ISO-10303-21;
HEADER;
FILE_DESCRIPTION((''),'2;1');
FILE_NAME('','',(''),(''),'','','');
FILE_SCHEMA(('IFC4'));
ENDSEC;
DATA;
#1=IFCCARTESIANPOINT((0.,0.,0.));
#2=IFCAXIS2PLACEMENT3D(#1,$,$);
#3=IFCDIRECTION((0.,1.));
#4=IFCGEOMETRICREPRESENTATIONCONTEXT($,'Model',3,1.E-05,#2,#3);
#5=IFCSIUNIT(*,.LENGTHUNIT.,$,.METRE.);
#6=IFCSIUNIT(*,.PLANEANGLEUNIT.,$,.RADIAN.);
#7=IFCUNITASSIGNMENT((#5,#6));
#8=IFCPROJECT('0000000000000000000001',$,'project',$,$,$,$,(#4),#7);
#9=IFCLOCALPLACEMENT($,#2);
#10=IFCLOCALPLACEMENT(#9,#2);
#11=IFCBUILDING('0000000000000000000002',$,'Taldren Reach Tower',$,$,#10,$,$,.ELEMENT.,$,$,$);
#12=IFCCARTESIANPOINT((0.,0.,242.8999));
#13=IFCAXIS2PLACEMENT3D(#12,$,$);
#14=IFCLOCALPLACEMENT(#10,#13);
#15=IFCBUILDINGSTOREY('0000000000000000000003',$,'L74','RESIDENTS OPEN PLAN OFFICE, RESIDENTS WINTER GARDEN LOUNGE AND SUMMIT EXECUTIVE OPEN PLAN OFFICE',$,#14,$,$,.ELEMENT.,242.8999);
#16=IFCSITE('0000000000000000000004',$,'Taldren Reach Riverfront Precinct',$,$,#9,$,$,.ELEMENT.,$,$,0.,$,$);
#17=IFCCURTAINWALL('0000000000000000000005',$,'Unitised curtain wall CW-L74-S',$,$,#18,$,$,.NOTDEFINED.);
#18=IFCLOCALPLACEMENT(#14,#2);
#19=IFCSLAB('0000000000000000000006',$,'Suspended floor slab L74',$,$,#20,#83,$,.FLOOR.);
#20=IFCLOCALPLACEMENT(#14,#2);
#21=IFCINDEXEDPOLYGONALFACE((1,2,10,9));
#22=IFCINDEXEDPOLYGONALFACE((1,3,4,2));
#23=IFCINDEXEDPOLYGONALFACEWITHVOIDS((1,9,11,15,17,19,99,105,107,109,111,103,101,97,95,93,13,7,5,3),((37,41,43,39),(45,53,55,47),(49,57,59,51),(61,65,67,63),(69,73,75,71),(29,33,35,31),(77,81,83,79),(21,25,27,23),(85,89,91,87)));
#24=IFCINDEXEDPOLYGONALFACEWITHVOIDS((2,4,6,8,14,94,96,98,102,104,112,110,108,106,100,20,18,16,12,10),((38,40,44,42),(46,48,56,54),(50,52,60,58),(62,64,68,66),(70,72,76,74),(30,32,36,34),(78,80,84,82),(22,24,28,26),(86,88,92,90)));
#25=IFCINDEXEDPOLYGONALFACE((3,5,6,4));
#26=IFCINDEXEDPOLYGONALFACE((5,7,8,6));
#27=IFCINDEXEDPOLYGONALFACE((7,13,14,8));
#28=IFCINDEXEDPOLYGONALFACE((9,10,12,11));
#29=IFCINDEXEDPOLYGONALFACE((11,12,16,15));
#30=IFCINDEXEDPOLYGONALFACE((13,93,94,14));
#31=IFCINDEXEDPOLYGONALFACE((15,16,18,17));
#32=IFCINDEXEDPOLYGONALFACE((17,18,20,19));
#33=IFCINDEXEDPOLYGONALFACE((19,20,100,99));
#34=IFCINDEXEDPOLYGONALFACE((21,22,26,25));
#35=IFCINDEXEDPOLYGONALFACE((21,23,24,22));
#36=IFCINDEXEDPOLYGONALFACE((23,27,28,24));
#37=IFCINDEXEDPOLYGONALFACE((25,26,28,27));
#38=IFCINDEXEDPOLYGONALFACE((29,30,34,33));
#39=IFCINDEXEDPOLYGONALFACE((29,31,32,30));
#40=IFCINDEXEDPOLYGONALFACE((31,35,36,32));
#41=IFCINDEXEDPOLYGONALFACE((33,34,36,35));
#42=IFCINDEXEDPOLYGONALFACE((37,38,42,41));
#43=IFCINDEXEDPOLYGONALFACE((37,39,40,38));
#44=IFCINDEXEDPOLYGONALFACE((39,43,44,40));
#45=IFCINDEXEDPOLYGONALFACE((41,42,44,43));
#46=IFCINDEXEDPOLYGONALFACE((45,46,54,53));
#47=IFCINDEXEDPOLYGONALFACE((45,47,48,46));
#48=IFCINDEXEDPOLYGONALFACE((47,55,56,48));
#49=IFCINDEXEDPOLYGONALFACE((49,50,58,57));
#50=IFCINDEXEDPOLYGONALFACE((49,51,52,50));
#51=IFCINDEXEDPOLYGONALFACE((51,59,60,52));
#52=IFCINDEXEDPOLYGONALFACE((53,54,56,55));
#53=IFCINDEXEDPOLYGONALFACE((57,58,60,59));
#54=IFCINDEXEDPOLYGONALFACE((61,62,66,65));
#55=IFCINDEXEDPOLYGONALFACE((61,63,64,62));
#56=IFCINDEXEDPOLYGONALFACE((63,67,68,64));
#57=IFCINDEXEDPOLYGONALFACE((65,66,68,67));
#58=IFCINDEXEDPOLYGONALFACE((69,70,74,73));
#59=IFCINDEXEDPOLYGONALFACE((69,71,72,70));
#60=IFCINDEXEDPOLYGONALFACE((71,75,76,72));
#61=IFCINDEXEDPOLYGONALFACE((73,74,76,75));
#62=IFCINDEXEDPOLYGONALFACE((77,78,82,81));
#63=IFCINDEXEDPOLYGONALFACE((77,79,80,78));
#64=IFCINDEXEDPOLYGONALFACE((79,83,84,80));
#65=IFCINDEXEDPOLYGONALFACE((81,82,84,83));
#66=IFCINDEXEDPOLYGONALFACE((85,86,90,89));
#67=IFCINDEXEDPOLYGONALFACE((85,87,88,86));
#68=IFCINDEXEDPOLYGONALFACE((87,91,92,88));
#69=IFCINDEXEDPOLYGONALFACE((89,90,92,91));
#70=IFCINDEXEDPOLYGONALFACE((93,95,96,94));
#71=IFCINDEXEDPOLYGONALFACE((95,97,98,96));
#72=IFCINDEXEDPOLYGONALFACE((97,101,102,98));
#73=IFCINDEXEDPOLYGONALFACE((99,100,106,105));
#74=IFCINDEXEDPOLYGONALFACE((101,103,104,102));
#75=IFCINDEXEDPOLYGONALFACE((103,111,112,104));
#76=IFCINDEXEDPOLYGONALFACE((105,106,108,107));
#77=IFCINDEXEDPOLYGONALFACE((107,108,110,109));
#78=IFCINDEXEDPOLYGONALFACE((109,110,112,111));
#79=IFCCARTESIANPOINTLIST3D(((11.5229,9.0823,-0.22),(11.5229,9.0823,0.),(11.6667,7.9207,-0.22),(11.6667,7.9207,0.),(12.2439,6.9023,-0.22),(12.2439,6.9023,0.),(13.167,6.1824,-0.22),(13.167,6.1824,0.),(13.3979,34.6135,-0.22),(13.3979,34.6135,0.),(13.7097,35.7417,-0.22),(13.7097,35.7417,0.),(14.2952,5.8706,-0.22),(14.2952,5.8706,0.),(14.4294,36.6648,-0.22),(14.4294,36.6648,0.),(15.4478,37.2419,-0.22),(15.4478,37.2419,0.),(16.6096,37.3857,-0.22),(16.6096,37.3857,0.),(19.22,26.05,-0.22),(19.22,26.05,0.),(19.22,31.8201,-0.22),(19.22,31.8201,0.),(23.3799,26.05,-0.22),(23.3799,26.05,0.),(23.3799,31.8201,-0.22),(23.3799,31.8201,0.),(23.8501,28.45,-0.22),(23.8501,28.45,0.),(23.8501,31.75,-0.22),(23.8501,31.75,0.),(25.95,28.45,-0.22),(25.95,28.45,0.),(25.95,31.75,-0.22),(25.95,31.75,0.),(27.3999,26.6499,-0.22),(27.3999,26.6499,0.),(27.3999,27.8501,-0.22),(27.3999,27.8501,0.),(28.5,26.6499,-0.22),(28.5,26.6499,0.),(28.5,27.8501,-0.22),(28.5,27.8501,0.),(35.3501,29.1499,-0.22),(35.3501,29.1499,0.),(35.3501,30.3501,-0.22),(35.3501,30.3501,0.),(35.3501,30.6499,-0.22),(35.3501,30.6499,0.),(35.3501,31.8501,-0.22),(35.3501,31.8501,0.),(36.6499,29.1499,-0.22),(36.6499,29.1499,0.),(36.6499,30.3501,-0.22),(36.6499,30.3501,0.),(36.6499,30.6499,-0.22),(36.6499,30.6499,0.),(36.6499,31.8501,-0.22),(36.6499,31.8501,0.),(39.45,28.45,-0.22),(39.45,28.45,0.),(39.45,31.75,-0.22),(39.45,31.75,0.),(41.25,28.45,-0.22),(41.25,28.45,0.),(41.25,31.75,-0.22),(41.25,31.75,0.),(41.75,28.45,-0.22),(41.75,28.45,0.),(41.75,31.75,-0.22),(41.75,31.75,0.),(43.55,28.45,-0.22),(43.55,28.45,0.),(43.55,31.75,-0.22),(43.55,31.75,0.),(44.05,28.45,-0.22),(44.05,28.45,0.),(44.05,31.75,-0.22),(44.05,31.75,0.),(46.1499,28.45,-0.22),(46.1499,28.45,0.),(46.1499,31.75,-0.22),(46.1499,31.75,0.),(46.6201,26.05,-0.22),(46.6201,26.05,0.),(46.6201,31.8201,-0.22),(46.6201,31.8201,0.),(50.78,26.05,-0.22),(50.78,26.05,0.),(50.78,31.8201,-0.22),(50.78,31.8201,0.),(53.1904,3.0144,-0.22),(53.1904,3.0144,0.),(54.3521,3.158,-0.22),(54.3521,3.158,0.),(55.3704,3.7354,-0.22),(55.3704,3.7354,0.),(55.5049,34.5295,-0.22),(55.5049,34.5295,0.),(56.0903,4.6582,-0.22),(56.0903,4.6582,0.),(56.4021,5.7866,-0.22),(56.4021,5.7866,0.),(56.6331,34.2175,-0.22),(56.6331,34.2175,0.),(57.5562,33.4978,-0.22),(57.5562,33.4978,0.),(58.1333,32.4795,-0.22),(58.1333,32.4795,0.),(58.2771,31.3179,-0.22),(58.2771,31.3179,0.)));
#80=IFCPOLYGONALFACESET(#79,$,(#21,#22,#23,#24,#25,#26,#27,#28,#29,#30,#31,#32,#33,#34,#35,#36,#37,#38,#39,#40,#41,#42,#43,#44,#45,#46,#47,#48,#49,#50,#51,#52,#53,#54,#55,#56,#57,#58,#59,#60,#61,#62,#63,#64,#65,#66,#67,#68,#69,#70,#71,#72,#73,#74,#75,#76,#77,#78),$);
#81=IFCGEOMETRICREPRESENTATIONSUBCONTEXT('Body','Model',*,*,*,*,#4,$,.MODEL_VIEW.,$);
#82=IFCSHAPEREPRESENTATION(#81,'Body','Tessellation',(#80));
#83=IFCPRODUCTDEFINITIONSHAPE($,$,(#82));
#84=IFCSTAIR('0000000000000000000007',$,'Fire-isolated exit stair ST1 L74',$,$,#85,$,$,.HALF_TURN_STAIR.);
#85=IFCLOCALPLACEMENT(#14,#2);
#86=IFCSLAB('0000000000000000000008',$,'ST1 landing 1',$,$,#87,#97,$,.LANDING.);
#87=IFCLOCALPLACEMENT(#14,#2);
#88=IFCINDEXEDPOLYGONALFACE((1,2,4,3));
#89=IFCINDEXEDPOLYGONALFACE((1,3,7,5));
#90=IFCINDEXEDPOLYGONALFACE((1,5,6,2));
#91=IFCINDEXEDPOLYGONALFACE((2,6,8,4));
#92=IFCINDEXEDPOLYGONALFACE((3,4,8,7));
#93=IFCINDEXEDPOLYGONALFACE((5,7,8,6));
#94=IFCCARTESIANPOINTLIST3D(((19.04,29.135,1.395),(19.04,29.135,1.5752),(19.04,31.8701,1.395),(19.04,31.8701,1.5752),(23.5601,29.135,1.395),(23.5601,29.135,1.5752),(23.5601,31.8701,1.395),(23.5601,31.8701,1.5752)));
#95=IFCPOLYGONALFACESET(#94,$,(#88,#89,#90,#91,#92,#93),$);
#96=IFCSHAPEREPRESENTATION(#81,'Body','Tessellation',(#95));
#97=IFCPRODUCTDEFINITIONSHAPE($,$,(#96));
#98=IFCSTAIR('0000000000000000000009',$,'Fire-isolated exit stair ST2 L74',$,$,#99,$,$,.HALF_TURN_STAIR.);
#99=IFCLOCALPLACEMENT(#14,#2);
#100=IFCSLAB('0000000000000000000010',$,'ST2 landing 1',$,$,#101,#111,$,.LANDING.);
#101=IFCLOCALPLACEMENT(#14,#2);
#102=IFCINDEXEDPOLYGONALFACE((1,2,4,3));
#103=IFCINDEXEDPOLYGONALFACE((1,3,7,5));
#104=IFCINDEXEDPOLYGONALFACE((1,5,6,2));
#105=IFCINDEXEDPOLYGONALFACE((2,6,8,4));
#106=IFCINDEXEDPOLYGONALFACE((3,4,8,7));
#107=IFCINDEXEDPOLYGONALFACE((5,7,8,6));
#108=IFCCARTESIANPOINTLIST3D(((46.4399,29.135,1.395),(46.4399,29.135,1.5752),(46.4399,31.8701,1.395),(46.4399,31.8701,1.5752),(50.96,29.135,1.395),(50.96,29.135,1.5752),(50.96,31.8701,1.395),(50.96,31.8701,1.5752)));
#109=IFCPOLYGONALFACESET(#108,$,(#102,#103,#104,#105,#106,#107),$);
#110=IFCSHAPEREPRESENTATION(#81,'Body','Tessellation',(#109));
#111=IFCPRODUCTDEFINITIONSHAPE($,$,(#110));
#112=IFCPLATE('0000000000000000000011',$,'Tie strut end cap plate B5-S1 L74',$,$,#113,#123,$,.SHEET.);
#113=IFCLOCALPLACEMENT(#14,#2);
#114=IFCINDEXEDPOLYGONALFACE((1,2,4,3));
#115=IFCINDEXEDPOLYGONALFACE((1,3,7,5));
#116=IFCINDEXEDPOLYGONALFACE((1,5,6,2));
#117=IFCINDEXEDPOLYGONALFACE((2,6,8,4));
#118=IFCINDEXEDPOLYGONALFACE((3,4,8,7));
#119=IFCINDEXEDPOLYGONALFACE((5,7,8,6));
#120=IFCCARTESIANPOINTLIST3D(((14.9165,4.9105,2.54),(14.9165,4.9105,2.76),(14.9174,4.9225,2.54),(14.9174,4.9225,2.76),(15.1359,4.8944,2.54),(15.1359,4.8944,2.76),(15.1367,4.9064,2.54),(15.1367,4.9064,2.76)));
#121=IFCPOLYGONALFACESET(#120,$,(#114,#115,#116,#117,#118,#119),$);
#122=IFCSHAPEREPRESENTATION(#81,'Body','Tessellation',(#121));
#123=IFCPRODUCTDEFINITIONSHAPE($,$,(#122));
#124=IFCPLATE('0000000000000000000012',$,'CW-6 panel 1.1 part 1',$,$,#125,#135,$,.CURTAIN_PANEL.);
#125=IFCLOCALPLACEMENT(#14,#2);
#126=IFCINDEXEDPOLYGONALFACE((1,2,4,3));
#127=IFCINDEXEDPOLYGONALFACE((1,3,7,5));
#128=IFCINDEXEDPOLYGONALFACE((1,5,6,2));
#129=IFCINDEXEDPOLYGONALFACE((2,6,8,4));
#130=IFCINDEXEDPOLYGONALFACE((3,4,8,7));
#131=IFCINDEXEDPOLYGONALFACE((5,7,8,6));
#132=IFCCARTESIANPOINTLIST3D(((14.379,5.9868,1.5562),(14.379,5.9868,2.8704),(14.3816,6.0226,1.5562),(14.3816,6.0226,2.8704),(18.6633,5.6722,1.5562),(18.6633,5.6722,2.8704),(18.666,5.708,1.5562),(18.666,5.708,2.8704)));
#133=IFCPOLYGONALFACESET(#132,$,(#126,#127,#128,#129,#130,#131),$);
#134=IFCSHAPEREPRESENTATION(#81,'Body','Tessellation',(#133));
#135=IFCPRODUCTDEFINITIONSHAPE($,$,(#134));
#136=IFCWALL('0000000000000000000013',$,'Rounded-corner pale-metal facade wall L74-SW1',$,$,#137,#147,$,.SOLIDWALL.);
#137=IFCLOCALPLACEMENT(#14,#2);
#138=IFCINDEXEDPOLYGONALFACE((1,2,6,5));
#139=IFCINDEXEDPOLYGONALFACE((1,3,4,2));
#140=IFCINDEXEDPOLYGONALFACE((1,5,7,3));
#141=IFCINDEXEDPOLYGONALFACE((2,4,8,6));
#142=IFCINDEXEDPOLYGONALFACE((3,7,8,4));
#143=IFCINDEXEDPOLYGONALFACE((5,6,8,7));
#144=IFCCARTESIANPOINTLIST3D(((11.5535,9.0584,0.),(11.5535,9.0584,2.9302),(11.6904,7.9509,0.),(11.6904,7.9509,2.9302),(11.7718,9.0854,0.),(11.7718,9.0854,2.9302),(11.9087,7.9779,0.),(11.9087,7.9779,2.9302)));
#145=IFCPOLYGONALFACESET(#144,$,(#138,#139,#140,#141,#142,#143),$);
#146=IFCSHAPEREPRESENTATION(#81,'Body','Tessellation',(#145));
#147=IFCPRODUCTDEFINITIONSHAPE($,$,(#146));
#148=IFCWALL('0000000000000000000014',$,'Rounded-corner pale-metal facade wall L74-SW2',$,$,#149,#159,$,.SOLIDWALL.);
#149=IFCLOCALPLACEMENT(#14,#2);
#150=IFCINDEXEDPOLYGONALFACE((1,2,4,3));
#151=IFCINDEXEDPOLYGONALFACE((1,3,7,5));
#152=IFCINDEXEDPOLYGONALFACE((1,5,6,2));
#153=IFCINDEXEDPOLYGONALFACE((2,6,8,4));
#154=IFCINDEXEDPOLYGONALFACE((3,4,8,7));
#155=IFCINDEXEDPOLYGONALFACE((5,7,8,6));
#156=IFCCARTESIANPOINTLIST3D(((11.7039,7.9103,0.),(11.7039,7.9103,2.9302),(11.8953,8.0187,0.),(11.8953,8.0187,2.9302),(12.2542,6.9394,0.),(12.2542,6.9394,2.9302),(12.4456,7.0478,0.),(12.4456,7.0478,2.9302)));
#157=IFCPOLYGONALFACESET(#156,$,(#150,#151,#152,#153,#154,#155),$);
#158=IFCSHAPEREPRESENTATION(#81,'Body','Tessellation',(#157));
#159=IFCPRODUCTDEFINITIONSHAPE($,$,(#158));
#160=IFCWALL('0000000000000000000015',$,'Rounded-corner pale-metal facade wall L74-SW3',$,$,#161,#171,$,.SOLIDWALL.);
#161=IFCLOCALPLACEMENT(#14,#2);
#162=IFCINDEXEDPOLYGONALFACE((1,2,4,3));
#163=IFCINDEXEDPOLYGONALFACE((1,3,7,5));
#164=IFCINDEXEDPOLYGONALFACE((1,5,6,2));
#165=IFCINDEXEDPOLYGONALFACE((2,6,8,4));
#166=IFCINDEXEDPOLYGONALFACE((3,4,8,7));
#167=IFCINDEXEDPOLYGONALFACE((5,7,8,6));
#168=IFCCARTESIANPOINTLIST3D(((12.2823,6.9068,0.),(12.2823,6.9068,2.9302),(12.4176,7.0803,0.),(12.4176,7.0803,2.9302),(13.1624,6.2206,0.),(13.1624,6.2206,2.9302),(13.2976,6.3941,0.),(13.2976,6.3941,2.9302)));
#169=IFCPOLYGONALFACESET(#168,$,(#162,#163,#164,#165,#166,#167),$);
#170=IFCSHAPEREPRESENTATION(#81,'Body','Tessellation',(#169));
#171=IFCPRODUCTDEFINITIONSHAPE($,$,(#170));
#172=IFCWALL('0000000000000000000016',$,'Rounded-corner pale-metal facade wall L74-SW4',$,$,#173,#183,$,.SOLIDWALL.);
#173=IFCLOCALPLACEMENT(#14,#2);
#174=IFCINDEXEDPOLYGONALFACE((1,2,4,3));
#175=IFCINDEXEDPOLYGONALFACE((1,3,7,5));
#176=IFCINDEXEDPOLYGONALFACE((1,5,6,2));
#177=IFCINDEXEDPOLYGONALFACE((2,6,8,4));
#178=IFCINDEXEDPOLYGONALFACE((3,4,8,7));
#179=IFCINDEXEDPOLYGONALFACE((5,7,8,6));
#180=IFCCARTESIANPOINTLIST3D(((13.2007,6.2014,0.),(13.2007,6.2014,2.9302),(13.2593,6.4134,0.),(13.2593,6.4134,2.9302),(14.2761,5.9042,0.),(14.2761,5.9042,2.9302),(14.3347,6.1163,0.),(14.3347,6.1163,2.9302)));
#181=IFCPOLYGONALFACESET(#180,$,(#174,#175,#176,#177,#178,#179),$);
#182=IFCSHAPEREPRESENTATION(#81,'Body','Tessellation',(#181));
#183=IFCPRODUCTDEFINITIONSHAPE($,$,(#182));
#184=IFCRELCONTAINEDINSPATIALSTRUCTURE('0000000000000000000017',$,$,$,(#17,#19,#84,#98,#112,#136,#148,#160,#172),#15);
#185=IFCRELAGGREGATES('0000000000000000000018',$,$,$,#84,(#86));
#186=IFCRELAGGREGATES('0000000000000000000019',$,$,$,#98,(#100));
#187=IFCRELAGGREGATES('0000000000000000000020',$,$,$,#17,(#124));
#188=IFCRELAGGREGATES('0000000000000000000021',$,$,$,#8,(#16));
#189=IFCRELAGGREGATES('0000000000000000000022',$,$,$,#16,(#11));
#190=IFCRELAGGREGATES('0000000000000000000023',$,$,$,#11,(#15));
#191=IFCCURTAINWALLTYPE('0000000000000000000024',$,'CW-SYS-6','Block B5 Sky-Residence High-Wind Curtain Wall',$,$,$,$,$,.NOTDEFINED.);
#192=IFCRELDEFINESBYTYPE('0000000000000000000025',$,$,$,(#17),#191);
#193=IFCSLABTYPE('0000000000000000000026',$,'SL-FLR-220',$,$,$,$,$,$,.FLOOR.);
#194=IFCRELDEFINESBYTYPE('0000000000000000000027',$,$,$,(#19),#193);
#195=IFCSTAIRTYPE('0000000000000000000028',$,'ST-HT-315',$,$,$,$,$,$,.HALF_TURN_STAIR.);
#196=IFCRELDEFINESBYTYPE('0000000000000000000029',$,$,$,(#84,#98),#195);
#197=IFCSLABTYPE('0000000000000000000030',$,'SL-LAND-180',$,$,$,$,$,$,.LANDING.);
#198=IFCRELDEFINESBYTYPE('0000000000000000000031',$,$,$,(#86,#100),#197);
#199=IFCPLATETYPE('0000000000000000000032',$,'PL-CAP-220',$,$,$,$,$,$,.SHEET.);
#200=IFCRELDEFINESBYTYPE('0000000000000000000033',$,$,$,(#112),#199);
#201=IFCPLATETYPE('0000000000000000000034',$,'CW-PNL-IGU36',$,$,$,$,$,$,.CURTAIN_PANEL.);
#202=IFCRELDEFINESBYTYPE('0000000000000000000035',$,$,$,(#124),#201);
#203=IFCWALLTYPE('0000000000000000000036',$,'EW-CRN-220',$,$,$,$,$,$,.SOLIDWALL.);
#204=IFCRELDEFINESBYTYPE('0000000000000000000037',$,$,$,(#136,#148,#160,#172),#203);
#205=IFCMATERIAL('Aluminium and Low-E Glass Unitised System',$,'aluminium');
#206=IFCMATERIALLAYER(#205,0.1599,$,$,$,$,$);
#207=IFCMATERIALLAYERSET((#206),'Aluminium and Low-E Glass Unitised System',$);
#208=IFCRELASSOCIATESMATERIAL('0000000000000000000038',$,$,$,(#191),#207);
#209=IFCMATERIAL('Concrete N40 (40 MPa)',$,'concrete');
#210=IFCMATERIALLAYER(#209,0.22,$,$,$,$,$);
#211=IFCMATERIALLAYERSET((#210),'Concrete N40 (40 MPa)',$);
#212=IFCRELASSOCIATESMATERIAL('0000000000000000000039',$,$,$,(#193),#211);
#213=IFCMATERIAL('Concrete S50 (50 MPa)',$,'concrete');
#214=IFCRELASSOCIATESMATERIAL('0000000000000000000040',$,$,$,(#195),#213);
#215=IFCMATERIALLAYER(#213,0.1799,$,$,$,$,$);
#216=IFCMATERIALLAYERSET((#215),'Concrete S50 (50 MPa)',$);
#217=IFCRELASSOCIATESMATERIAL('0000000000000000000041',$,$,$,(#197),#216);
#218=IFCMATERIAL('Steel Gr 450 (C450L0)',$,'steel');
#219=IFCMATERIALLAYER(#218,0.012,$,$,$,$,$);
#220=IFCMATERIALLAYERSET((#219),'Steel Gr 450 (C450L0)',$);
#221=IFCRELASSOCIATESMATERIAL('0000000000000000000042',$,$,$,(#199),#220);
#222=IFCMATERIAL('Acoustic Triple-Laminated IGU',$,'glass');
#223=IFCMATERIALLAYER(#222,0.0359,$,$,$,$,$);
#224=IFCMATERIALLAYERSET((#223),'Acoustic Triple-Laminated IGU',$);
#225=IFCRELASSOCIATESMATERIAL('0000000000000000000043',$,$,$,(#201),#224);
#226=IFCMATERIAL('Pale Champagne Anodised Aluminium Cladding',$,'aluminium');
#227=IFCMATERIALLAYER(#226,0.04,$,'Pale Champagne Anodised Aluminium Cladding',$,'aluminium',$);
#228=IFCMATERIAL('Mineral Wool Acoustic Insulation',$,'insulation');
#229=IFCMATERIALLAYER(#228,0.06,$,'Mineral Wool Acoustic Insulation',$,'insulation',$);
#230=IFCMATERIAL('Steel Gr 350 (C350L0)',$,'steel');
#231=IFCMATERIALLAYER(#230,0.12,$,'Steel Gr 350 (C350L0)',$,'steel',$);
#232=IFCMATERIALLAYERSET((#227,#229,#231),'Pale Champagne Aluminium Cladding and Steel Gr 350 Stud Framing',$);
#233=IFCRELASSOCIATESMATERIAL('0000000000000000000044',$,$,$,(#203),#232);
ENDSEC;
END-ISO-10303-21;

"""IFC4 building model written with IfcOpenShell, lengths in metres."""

from ifc_helpers import new_model, si_unit, direction, frame, frame_2d, origin, origin_2d, place, context, subcontext, project, spatial, polyline, rectangle, outline, extrude, source, transform, mapped, material, layer, layer_set, type_object, element, aggregate, save


model = new_model("IFC4")

# Units and contexts
model_context = context("Model", 3, precision=1e-05, world=origin(), true_north=direction((0.0, 1.0)))
body_context = subcontext(model_context, "Body", "Model", "MODEL_VIEW")
ifc_project = project(units=[si_unit("LENGTHUNIT", "METRE"), si_unit("PLANEANGLEUNIT", "RADIAN")], contexts=[model_context])

# Site, building, storey
site_placement = place(None, origin())
site = spatial("IfcSite", under=ifc_project, at=site_placement, Name="Taldren Reach Riverfront Precinct", CompositionType="ELEMENT", RefElevation=0.0)
building_placement = place(site_placement, origin())
building = spatial("IfcBuilding", under=site, at=building_placement, Name="Taldren Reach Tower", CompositionType="ELEMENT")
storey_placement = place(building_placement, frame((0.0, 0.0, 242.8999)))
storey = spatial("IfcBuildingStorey", under=building, at=storey_placement, Name="L74", Description="RESIDENTS OPEN PLAN OFFICE, RESIDENTS WINTER GARDEN LOUNGE AND SUMMIT EXECUTIVE OPEN PLAN OFFICE", CompositionType="ELEMENT", Elevation=242.8999)

# Shared definitions
ifc_material_1 = material(Name="Steel Gr 350 (C350L0)", Category="steel")

# Shared definitions
ifc_material_2 = material(Name="Steel Gr 450 (C450L0)", Category="steel")

# Curtain wall
ifc_material_3 = material(Name="Aluminium and Low-E Glass Unitised System", Category="aluminium")
ifc_layer_1 = layer(ifc_material_3, 0.1599)
ifc_layer_set_1 = layer_set([ifc_layer_1], Name="Aluminium and Low-E Glass Unitised System")
curtain_wall_type = type_object("IfcCurtainWallType", Name="CW-SYS-6", Description="Block B5 Sky-Residence High-Wind Curtain Wall", PredefinedType="NOTDEFINED", material=ifc_layer_set_1)
curtain_wall_1_placement = place(storey_placement, origin())
curtain_wall_1 = element("IfcCurtainWall", 1, at=curtain_wall_1_placement, inside=storey, type_object=curtain_wall_type, Name="Unitised curtain wall CW-L74-S", PredefinedType="NOTDEFINED")

# Slab
ifc_material_4 = material(Name="Concrete N40 (40 MPa)", Category="concrete")
ifc_layer_2 = layer(ifc_material_4, 0.22)
ifc_layer_set_2 = layer_set([ifc_layer_2], Name="Concrete N40 (40 MPa)")
slab_type_1 = type_object("IfcSlabType", Name="SL-FLR-220", PredefinedType="FLOOR", material=ifc_layer_set_2)
slab_1_placement = place(storey_placement, frame((0.0, 0.0, -0.22)))
element("IfcSlab", 2, at=slab_1_placement, inside=storey, type_object=slab_type_1, Name="Suspended floor slab L74", PredefinedType="FLOOR", context=body_context, shape_type="SweptSolid", body=[
    extrude(outline(polyline([(53.1904, 3.0144), (54.3521, 3.158), (55.3704, 3.7354), (56.0903, 4.6582), (56.4021, 5.7866), (58.2771, 31.3179), (58.1333, 32.4795), (57.5562, 33.4978), (56.6331, 34.2175), (55.5049, 34.5295), (16.6096, 37.3857), (15.4478, 37.2419), (14.4294, 36.6648), (13.7097, 35.7417), (13.3979, 34.6135), (11.5229, 9.0823), (11.6667, 7.9207), (12.2439, 6.9023), (13.167, 6.1824), (14.2952, 5.8706), (53.1904, 3.0144)]), holes=[polyline([(19.22, 26.05), (23.3799, 26.05), (23.3799, 31.8201), (19.22, 31.8201), (19.22, 26.05)]), polyline([(46.6201, 26.05), (50.78, 26.05), (50.78, 31.8201), (46.6201, 31.8201), (46.6201, 26.05)]), polyline([(23.8501, 28.45), (25.95, 28.45), (25.95, 31.75), (23.8501, 31.75), (23.8501, 28.45)]), polyline([(44.05, 28.45), (46.1499, 28.45), (46.1499, 31.75), (44.05, 31.75), (44.05, 28.45)]), polyline([(39.45, 28.45), (41.25, 28.45), (41.25, 31.75), (39.45, 31.75), (39.45, 28.45)]), polyline([(41.75, 28.45), (43.55, 28.45), (43.55, 31.75), (41.75, 31.75), (41.75, 28.45)]), polyline([(35.3501, 30.6499), (36.6499, 30.6499), (36.6499, 31.8501), (35.3501, 31.8501), (35.3501, 30.6499)]), polyline([(35.3501, 29.1499), (36.6499, 29.1499), (36.6499, 30.3501), (35.3501, 30.3501), (35.3501, 29.1499)]), polyline([(27.3999, 26.6499), (28.5, 26.6499), (28.5, 27.8501), (27.3999, 27.8501), (27.3999, 26.6499)])]), origin(), (0.0, 0.0, 1.0), 0.22),
])

# Stairs, slabs
ifc_material_5 = material(Name="Concrete S50 (50 MPa)", Category="concrete")
stair_type = type_object("IfcStairType", Name="ST-HT-315", PredefinedType="HALF_TURN_STAIR", material=ifc_material_5)
stair_1_placement = place(storey_placement, origin())
stair_1 = element("IfcStair", 3, at=stair_1_placement, inside=storey, type_object=stair_type, Name="Fire-isolated exit stair ST1 L74", PredefinedType="HALF_TURN_STAIR")
ifc_layer_3 = layer(ifc_material_5, 0.1799)
ifc_layer_set_3 = layer_set([ifc_layer_3], Name="Concrete S50 (50 MPa)")
slab_type_2 = type_object("IfcSlabType", Name="SL-LAND-180", PredefinedType="LANDING", material=ifc_layer_set_3)
slab_2_placement = place(storey_placement, frame((0.0, 0.0, 1.395)))
slab_2 = element("IfcSlab", 4, at=slab_2_placement, type_object=slab_type_2, Name="ST1 landing 1", PredefinedType="LANDING", context=body_context, shape_type="SweptSolid", body=[
    extrude(outline(polyline([(19.04, 29.135), (23.5601, 29.135), (23.5601, 31.8701), (19.04, 31.8701), (19.04, 29.135)])), origin(), (0.0, 0.0, 1.0), 0.1802),
])
aggregate(stair_1, [slab_2])
stair_2_placement = place(storey_placement, origin())
stair_2 = element("IfcStair", 5, at=stair_2_placement, inside=storey, type_object=stair_type, Name="Fire-isolated exit stair ST2 L74", PredefinedType="HALF_TURN_STAIR")
slab_3_placement = place(storey_placement, frame((0.0, 0.0, 1.395)))
slab_3 = element("IfcSlab", 6, at=slab_3_placement, type_object=slab_type_2, Name="ST2 landing 1", PredefinedType="LANDING", context=body_context, shape_type="SweptSolid", body=[
    extrude(outline(polyline([(46.4399, 29.135), (50.96, 29.135), (50.96, 31.8701), (46.4399, 31.8701), (46.4399, 29.135)])), origin(), (0.0, 0.0, 1.0), 0.1802),
])
aggregate(stair_2, [slab_3])

# Plates
ifc_layer_4 = layer(ifc_material_2, 0.012)
ifc_layer_set_4 = layer_set([ifc_layer_4], Name="Steel Gr 450 (C450L0)")
plate_type_1 = type_object("IfcPlateType", Name="PL-CAP-220", PredefinedType="SHEET", material=ifc_layer_set_4)
shared_shape_1 = source(origin(), body_context, "Body", "SweptSolid", [
    extrude(rectangle(XDim=0.22, YDim=0.012, at=origin_2d()), origin(), (0.0, 0.0, 1.0), 0.22),
])
plate_1_placement = place(storey_placement, frame((15.0266, 4.9084, 2.54), z_axis=(0.0, 0.0, 1.0), x_axis=(0.997314, -0.073238, 0.0)))
element("IfcPlate", 7, at=plate_1_placement, inside=storey, type_object=plate_type_1, Name="Tie strut end cap plate B5-S1 L74", PredefinedType="SHEET", context=body_context, shape_type="MappedRepresentation", body=[
    mapped(shared_shape_1, transform((0.0, 0.0, 0.0), scale=1.0)),
])
ifc_material_6 = material(Name="Acoustic Triple-Laminated IGU", Category="glass")
ifc_layer_5 = layer(ifc_material_6, 0.0359)
ifc_layer_set_5 = layer_set([ifc_layer_5], Name="Acoustic Triple-Laminated IGU")
plate_type_2 = type_object("IfcPlateType", Name="CW-PNL-IGU36", PredefinedType="CURTAIN_PANEL", material=ifc_layer_set_5)
shared_shape_2 = source(origin(), body_context, "Body", "SweptSolid", [
    extrude(rectangle(XDim=4.2959, YDim=0.0359, at=origin_2d()), origin(), (0.0, 0.0, 1.0), 1.3142),
])
plate_2_placement = place(storey_placement, frame((16.5225, 5.8474, 1.5562), z_axis=(0.0, 0.0, 1.0), x_axis=(0.997314, -0.073238, 0.0)))
plate_2 = element("IfcPlate", 8, at=plate_2_placement, type_object=plate_type_2, Name="CW-6 panel 1.1 part 1", PredefinedType="CURTAIN_PANEL", context=body_context, shape_type="MappedRepresentation", body=[
    mapped(shared_shape_2, transform((0.0, 0.0, 0.0), scale=1.0)),
])
aggregate(curtain_wall_1, [plate_2])

# Walls
ifc_material_7 = material(Name="Pale Champagne Anodised Aluminium Cladding", Category="aluminium")
ifc_layer_6 = layer(ifc_material_7, 0.04, Name="Pale Champagne Anodised Aluminium Cladding", Category="aluminium")
ifc_material_8 = material(Name="Mineral Wool Acoustic Insulation", Category="insulation")
ifc_layer_7 = layer(ifc_material_8, 0.06, Name="Mineral Wool Acoustic Insulation", Category="insulation")
ifc_layer_8 = layer(ifc_material_1, 0.12, Name="Steel Gr 350 (C350L0)", Category="steel")
ifc_layer_set_6 = layer_set([ifc_layer_6, ifc_layer_7, ifc_layer_8], Name="Pale Champagne Aluminium Cladding and Steel Gr 350 Stud Framing")
wall_type_1 = type_object("IfcWallType", Name="EW-CRN-220", PredefinedType="SOLIDWALL", material=ifc_layer_set_6)
shared_shape_3 = source(origin(), body_context, "Body", "SweptSolid", [
    extrude(rectangle(XDim=1.116, YDim=0.22, at=frame_2d((0.5581, 0.0))), origin(), (0.0, 0.0, 1.0), 2.9302),
])
for number, where, z_axis, x_axis, name in (
    (9, (11.6626, 9.072, 0.0), (0.0, 0.0, 1.0), (0.122742, -0.992439, 0.0), "Rounded-corner pale-metal facade wall L74-SW1"),
    (10, (11.7996, 7.9646, 0.0), (0.0, 0.0, 1.0), (0.493073, -0.869988, 0.0), "Rounded-corner pale-metal facade wall L74-SW2"),
    (11, (12.3499, 6.9937, 0.0), (0.0, 0.0, 1.0), (0.788598, -0.614909, 0.0), "Rounded-corner pale-metal facade wall L74-SW3"),
):
    element("IfcWall", number, at=place(storey_placement, frame(where, z_axis=z_axis, x_axis=x_axis)), inside=storey, type_object=wall_type_1, Name=name, PredefinedType="SOLIDWALL", context=body_context, shape_type="MappedRepresentation", body=[
        mapped(shared_shape_3, transform((0.0, 0.0, 0.0), scale=1.0)),
    ])
shared_shape_4 = source(origin(), body_context, "Body", "SweptSolid", [
    extrude(rectangle(XDim=1.1157, YDim=0.22, at=frame_2d((0.5579, 0.0))), origin(), (0.0, 0.0, 1.0), 2.9302),
])
wall_1_placement = place(storey_placement, frame((13.23, 6.3074, 0.0), z_axis=(0.0, 0.0, 1.0), x_axis=(0.96389, -0.266301, 0.0)))
element("IfcWall", 12, at=wall_1_placement, inside=storey, type_object=wall_type_1, Name="Rounded-corner pale-metal facade wall L74-SW4", PredefinedType="SOLIDWALL", context=body_context, shape_type="MappedRepresentation", body=[
    mapped(shared_shape_4, transform((0.0, 0.0, 0.0), scale=1.0)),
])

save(model, "model.ifc")
